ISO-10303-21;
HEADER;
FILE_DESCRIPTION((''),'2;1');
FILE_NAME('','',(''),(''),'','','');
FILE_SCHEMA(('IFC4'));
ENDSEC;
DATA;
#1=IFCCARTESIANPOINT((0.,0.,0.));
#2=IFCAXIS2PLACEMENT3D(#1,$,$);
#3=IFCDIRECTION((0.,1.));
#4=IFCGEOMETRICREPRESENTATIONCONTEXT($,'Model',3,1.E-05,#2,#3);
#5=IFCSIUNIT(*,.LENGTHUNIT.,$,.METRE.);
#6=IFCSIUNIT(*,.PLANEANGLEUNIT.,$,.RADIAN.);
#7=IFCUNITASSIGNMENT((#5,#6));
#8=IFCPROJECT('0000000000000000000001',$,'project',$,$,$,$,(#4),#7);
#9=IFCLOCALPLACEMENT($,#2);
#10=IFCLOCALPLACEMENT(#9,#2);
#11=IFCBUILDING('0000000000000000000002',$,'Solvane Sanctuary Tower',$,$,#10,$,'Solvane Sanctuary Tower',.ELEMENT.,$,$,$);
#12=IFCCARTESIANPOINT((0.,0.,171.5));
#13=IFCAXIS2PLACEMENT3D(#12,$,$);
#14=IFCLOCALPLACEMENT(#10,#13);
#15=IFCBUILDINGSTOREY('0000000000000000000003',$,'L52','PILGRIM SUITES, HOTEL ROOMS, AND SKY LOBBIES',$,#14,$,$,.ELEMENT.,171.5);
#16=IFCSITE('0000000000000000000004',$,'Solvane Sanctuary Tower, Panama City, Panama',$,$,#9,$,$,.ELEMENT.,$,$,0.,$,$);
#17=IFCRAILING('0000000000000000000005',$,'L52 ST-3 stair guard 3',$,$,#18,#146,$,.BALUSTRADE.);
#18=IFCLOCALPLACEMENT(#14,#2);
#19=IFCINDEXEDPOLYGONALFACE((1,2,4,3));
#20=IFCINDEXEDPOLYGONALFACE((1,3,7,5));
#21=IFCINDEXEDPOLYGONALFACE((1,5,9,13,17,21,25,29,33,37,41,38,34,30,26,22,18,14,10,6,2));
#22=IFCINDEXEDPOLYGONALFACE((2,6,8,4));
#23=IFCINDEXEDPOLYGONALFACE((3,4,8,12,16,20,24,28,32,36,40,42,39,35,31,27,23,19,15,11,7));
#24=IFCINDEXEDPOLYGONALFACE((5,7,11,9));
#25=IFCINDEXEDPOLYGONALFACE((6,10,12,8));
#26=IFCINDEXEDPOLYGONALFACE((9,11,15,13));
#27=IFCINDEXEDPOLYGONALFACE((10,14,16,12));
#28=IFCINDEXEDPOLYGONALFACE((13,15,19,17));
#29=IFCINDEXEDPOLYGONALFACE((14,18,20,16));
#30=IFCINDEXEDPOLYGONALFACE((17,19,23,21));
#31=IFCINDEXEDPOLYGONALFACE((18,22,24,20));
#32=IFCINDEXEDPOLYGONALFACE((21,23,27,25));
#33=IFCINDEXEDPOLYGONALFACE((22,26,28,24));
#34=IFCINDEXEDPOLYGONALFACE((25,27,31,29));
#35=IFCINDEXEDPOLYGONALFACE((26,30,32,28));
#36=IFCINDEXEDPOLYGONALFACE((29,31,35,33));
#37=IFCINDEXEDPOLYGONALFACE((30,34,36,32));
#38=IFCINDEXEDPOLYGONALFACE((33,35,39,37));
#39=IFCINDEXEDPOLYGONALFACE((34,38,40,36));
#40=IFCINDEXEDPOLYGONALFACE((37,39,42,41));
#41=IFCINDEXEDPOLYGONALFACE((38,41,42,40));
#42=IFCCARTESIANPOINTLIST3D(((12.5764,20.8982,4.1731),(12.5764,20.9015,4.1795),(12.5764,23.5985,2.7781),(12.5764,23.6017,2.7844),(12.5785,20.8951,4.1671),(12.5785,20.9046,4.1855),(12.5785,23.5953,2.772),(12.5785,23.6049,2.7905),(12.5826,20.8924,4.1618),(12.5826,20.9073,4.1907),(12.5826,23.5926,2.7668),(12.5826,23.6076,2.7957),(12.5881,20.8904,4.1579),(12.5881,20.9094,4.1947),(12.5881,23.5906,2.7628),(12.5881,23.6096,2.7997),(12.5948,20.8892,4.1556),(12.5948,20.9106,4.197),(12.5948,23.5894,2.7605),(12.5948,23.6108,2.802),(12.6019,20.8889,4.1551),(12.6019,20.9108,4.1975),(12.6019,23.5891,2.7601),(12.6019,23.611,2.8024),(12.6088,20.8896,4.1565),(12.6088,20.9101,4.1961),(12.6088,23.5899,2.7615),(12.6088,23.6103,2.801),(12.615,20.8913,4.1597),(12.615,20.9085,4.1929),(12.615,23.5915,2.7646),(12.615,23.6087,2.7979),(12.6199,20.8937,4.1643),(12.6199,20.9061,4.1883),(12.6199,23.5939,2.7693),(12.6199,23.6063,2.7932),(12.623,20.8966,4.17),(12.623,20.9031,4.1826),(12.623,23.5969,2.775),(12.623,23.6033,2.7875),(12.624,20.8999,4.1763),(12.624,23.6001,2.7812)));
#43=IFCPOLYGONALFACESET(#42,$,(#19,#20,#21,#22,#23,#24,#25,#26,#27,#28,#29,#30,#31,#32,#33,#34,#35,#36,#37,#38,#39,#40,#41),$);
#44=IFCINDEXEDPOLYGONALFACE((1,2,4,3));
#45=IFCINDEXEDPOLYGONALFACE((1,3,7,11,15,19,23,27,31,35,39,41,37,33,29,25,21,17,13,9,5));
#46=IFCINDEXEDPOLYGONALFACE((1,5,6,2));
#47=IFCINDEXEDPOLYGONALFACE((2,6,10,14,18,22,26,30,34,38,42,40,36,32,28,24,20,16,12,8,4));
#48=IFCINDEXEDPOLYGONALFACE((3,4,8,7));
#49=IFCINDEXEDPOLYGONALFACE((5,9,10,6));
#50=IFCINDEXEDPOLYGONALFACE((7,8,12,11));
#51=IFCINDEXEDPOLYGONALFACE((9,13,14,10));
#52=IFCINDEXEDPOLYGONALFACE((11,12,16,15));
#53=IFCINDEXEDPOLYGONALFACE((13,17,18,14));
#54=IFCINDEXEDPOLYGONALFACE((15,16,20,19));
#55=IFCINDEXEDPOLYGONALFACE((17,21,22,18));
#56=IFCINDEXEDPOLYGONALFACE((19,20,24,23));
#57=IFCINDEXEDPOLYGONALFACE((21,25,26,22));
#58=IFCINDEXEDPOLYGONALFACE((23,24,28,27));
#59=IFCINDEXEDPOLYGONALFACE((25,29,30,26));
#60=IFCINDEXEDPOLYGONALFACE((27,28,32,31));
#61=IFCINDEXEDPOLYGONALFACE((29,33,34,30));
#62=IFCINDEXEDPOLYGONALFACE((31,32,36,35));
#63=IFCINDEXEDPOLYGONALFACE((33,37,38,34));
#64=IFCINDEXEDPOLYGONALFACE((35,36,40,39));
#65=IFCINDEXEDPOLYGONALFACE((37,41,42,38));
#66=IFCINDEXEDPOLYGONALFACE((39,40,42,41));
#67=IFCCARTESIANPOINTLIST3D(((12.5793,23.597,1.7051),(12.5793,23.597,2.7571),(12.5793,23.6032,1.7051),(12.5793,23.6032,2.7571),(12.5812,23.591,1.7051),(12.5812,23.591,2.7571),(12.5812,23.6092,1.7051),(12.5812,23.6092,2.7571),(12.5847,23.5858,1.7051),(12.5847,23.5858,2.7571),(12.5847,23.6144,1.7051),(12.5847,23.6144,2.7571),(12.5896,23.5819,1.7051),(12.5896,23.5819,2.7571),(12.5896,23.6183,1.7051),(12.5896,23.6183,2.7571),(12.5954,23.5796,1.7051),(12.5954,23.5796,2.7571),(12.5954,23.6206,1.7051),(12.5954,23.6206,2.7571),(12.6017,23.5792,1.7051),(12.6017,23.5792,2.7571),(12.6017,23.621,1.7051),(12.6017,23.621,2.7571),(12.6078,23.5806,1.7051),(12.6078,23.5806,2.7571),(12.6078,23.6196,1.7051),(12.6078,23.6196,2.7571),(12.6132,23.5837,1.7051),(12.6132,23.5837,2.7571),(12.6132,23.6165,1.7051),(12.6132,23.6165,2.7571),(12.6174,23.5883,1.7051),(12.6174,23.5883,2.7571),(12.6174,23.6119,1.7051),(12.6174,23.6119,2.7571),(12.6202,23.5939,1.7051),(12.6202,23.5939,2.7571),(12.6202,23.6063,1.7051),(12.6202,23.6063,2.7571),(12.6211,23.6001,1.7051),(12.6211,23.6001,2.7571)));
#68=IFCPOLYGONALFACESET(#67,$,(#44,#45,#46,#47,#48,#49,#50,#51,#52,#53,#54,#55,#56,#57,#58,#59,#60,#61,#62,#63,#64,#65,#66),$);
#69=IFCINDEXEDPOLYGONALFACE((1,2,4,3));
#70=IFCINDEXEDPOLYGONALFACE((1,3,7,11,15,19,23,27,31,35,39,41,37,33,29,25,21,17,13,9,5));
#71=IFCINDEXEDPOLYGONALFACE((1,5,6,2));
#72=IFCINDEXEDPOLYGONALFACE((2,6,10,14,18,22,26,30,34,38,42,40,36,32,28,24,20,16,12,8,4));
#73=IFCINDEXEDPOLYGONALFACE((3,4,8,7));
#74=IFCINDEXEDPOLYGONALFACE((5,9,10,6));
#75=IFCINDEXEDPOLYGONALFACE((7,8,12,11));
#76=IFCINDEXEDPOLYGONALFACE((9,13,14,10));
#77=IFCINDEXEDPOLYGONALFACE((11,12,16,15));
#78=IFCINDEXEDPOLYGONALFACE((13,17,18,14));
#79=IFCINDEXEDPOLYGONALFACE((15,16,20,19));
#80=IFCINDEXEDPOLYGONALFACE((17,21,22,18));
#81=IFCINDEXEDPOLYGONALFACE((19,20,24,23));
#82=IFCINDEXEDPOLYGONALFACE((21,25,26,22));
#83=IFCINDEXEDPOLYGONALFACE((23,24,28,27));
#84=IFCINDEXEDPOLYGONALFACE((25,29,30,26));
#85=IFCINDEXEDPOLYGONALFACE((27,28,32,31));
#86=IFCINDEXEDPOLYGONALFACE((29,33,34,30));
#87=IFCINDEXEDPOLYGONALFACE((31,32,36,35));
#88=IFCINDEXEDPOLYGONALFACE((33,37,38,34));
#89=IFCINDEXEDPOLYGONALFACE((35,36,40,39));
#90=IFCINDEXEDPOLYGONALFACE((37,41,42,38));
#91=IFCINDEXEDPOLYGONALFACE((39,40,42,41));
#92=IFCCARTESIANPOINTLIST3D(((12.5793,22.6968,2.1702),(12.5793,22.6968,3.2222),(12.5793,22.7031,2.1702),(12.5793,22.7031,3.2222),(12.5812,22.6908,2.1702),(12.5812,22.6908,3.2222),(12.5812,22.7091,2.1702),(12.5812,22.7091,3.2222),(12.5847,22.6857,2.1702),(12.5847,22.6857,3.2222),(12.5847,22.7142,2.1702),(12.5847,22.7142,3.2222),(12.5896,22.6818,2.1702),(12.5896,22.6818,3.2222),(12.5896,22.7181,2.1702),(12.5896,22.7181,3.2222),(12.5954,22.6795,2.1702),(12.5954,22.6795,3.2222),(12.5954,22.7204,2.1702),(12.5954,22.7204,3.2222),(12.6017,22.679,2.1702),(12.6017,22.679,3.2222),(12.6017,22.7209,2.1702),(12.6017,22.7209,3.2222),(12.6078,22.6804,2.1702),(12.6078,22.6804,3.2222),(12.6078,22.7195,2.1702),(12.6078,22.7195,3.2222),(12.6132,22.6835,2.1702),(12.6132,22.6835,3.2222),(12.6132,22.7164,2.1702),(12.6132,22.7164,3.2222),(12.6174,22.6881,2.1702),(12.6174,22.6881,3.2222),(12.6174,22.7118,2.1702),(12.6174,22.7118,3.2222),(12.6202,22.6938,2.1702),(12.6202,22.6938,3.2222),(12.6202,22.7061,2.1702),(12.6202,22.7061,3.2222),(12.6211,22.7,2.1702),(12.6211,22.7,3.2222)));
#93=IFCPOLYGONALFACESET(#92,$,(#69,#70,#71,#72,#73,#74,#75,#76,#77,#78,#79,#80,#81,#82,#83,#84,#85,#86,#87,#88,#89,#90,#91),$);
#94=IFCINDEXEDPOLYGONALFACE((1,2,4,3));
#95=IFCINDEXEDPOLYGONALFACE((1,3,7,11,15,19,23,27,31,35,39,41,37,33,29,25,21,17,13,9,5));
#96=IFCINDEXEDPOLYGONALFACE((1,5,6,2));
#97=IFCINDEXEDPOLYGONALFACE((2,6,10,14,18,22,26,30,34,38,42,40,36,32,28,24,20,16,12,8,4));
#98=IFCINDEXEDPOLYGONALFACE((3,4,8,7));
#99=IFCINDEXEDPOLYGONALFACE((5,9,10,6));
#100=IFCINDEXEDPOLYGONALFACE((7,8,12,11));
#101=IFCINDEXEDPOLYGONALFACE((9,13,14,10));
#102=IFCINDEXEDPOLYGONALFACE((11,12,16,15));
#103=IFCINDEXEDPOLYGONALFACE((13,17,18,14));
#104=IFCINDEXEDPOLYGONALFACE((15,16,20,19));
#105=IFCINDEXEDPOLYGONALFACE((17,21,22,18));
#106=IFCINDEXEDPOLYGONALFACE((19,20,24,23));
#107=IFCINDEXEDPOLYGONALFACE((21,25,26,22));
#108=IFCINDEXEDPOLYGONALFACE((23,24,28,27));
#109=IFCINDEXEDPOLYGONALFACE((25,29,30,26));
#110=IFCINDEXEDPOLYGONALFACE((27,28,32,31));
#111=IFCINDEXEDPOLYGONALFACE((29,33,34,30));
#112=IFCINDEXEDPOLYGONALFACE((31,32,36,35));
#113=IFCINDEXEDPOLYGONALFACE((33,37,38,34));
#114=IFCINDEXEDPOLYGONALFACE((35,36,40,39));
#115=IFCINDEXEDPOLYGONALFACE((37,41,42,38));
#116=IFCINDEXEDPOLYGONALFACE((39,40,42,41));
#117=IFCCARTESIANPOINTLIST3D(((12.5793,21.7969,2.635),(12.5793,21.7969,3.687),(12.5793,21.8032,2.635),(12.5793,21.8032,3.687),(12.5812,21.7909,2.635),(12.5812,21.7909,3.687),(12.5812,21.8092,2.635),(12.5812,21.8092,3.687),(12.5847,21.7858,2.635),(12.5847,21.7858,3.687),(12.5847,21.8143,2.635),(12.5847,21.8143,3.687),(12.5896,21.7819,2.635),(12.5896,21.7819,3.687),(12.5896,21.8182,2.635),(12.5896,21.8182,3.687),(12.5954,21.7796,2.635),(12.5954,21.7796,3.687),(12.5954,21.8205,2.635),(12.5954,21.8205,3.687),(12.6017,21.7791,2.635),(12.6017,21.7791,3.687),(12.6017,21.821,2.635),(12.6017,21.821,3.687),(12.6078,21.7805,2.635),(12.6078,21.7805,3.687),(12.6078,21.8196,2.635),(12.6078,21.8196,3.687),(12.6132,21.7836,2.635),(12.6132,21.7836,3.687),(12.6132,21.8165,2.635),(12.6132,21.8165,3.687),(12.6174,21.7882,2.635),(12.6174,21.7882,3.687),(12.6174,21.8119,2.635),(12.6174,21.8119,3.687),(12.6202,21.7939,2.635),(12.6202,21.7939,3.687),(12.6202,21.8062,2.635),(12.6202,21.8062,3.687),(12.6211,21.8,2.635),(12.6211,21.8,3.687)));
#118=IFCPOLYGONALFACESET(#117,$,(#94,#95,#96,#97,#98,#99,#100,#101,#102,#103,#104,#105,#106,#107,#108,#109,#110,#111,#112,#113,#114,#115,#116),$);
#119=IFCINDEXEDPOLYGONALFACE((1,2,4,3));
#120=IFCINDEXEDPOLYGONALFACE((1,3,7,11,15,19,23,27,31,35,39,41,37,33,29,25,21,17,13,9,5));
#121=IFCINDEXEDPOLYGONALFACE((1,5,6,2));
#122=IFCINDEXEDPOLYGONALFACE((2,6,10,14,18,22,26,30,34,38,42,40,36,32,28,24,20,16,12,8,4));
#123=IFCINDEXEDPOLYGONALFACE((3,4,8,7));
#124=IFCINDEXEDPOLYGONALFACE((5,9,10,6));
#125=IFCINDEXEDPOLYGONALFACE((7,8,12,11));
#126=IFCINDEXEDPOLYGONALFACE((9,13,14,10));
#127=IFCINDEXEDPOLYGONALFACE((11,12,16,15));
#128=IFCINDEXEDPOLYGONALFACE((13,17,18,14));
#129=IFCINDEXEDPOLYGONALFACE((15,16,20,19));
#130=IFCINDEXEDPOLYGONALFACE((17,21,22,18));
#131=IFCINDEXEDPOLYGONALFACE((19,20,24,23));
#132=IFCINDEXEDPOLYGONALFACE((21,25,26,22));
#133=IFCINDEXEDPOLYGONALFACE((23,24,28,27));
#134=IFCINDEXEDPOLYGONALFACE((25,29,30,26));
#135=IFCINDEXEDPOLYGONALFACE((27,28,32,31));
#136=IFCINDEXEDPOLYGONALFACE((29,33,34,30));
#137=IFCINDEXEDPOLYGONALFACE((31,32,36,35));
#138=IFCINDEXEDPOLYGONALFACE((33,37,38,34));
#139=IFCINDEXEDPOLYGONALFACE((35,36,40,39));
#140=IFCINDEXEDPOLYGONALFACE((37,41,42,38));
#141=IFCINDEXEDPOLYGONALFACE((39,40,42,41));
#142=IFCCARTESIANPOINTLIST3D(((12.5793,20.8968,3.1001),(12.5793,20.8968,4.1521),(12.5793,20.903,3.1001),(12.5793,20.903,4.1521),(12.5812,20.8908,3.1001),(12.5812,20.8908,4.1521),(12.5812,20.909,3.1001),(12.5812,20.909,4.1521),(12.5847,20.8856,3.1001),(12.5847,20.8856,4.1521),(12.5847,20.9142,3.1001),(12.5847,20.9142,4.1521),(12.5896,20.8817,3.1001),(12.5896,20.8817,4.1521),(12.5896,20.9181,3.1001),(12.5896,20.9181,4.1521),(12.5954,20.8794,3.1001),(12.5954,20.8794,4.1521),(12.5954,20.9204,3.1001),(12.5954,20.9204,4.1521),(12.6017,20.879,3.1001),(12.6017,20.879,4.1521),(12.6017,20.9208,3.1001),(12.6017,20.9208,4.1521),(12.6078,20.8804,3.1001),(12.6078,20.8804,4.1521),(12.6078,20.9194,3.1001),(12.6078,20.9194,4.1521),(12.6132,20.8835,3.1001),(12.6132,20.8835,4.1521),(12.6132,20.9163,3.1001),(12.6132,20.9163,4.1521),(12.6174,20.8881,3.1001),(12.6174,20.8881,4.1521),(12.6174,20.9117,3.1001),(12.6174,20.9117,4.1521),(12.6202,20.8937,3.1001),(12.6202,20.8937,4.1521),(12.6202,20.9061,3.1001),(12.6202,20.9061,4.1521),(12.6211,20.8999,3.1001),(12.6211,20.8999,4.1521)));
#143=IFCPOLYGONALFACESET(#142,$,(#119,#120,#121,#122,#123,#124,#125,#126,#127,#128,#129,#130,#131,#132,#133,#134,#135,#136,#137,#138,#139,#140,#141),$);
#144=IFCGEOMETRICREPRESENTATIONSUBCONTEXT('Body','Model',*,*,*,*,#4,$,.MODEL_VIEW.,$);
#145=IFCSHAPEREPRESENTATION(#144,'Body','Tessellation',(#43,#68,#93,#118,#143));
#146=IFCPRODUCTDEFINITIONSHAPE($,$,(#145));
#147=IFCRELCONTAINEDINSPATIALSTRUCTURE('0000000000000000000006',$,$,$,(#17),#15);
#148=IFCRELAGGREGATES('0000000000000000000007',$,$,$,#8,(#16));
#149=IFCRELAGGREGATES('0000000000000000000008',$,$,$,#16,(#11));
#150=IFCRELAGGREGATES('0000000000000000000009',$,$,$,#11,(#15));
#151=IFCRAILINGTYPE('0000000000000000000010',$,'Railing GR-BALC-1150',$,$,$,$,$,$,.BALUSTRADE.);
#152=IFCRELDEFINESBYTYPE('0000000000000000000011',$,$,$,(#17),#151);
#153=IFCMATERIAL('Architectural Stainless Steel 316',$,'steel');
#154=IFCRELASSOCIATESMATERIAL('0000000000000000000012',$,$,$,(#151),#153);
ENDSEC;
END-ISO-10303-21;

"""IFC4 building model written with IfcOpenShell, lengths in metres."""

from ifc_helpers import new_model, si_unit, direction, frame, origin, origin_2d, place, context, subcontext, project, spatial, circle, extrude, material, type_object, element, save


model = new_model("IFC4")

# Units and contexts
model_context = context("Model", 3, precision=1e-05, world=origin(), true_north=direction((0.0, 1.0)))
body_context = subcontext(model_context, "Body", "Model", "MODEL_VIEW")
ifc_project = project(units=[si_unit("LENGTHUNIT", "METRE"), si_unit("PLANEANGLEUNIT", "RADIAN")], contexts=[model_context])

# Site, building, storey
site_placement = place(None, origin())
site = spatial("IfcSite", under=ifc_project, at=site_placement, Name="Solvane Sanctuary Tower, Panama City, Panama", CompositionType="ELEMENT", RefElevation=0.0)
building_placement = place(site_placement, origin())
building = spatial("IfcBuilding", under=site, at=building_placement, Name="Solvane Sanctuary Tower", LongName="Solvane Sanctuary Tower", CompositionType="ELEMENT")
storey_placement = place(building_placement, frame((0.0, 0.0, 171.5)))
storey = spatial("IfcBuildingStorey", under=building, at=storey_placement, Name="L52", Description="PILGRIM SUITES, HOTEL ROOMS, AND SKY LOBBIES", CompositionType="ELEMENT", Elevation=171.5)

# Shared definitions
ifc_material_1 = material(Name="Architectural Stainless Steel 316", Category="steel")

# Railing
railing_type_1 = type_object("IfcRailingType", Name="Railing GR-BALC-1150", PredefinedType="BALUSTRADE", material=ifc_material_1)
railing_1_placement = place(storey_placement, frame((12.6001, 23.6001, 1.7051)))
element("IfcRailing", 1, at=railing_1_placement, inside=storey, type_object=railing_type_1, Name="L52 ST-3 stair guard 3", PredefinedType="BALUSTRADE", context=body_context, shape_type="SweptSolid", body=[
    extrude(circle(Radius=0.0239, at=origin_2d()), frame((0.0, 0.0, 1.0762), z_axis=(0.0, -0.888437, 0.458999), x_axis=(1.0, 0.0, 0.0)), (0.0, 0.0, 1.0), 3.0393),
    extrude(circle(Radius=0.021, at=origin_2d()), origin(), (0.0, 0.0, 1.0), 1.052),
    extrude(circle(Radius=0.021, at=origin_2d()), frame((0.0, -0.9001, 0.4651)), (0.0, 0.0, 1.0), 1.052),
    extrude(circle(Radius=0.021, at=origin_2d()), frame((0.0, -1.8, 0.9299)), (0.0, 0.0, 1.0), 1.052),
    extrude(circle(Radius=0.021, at=origin_2d()), frame((0.0, -2.7002, 1.395)), (0.0, 0.0, 1.0), 1.052),
])

save(model, "model.ifc")
